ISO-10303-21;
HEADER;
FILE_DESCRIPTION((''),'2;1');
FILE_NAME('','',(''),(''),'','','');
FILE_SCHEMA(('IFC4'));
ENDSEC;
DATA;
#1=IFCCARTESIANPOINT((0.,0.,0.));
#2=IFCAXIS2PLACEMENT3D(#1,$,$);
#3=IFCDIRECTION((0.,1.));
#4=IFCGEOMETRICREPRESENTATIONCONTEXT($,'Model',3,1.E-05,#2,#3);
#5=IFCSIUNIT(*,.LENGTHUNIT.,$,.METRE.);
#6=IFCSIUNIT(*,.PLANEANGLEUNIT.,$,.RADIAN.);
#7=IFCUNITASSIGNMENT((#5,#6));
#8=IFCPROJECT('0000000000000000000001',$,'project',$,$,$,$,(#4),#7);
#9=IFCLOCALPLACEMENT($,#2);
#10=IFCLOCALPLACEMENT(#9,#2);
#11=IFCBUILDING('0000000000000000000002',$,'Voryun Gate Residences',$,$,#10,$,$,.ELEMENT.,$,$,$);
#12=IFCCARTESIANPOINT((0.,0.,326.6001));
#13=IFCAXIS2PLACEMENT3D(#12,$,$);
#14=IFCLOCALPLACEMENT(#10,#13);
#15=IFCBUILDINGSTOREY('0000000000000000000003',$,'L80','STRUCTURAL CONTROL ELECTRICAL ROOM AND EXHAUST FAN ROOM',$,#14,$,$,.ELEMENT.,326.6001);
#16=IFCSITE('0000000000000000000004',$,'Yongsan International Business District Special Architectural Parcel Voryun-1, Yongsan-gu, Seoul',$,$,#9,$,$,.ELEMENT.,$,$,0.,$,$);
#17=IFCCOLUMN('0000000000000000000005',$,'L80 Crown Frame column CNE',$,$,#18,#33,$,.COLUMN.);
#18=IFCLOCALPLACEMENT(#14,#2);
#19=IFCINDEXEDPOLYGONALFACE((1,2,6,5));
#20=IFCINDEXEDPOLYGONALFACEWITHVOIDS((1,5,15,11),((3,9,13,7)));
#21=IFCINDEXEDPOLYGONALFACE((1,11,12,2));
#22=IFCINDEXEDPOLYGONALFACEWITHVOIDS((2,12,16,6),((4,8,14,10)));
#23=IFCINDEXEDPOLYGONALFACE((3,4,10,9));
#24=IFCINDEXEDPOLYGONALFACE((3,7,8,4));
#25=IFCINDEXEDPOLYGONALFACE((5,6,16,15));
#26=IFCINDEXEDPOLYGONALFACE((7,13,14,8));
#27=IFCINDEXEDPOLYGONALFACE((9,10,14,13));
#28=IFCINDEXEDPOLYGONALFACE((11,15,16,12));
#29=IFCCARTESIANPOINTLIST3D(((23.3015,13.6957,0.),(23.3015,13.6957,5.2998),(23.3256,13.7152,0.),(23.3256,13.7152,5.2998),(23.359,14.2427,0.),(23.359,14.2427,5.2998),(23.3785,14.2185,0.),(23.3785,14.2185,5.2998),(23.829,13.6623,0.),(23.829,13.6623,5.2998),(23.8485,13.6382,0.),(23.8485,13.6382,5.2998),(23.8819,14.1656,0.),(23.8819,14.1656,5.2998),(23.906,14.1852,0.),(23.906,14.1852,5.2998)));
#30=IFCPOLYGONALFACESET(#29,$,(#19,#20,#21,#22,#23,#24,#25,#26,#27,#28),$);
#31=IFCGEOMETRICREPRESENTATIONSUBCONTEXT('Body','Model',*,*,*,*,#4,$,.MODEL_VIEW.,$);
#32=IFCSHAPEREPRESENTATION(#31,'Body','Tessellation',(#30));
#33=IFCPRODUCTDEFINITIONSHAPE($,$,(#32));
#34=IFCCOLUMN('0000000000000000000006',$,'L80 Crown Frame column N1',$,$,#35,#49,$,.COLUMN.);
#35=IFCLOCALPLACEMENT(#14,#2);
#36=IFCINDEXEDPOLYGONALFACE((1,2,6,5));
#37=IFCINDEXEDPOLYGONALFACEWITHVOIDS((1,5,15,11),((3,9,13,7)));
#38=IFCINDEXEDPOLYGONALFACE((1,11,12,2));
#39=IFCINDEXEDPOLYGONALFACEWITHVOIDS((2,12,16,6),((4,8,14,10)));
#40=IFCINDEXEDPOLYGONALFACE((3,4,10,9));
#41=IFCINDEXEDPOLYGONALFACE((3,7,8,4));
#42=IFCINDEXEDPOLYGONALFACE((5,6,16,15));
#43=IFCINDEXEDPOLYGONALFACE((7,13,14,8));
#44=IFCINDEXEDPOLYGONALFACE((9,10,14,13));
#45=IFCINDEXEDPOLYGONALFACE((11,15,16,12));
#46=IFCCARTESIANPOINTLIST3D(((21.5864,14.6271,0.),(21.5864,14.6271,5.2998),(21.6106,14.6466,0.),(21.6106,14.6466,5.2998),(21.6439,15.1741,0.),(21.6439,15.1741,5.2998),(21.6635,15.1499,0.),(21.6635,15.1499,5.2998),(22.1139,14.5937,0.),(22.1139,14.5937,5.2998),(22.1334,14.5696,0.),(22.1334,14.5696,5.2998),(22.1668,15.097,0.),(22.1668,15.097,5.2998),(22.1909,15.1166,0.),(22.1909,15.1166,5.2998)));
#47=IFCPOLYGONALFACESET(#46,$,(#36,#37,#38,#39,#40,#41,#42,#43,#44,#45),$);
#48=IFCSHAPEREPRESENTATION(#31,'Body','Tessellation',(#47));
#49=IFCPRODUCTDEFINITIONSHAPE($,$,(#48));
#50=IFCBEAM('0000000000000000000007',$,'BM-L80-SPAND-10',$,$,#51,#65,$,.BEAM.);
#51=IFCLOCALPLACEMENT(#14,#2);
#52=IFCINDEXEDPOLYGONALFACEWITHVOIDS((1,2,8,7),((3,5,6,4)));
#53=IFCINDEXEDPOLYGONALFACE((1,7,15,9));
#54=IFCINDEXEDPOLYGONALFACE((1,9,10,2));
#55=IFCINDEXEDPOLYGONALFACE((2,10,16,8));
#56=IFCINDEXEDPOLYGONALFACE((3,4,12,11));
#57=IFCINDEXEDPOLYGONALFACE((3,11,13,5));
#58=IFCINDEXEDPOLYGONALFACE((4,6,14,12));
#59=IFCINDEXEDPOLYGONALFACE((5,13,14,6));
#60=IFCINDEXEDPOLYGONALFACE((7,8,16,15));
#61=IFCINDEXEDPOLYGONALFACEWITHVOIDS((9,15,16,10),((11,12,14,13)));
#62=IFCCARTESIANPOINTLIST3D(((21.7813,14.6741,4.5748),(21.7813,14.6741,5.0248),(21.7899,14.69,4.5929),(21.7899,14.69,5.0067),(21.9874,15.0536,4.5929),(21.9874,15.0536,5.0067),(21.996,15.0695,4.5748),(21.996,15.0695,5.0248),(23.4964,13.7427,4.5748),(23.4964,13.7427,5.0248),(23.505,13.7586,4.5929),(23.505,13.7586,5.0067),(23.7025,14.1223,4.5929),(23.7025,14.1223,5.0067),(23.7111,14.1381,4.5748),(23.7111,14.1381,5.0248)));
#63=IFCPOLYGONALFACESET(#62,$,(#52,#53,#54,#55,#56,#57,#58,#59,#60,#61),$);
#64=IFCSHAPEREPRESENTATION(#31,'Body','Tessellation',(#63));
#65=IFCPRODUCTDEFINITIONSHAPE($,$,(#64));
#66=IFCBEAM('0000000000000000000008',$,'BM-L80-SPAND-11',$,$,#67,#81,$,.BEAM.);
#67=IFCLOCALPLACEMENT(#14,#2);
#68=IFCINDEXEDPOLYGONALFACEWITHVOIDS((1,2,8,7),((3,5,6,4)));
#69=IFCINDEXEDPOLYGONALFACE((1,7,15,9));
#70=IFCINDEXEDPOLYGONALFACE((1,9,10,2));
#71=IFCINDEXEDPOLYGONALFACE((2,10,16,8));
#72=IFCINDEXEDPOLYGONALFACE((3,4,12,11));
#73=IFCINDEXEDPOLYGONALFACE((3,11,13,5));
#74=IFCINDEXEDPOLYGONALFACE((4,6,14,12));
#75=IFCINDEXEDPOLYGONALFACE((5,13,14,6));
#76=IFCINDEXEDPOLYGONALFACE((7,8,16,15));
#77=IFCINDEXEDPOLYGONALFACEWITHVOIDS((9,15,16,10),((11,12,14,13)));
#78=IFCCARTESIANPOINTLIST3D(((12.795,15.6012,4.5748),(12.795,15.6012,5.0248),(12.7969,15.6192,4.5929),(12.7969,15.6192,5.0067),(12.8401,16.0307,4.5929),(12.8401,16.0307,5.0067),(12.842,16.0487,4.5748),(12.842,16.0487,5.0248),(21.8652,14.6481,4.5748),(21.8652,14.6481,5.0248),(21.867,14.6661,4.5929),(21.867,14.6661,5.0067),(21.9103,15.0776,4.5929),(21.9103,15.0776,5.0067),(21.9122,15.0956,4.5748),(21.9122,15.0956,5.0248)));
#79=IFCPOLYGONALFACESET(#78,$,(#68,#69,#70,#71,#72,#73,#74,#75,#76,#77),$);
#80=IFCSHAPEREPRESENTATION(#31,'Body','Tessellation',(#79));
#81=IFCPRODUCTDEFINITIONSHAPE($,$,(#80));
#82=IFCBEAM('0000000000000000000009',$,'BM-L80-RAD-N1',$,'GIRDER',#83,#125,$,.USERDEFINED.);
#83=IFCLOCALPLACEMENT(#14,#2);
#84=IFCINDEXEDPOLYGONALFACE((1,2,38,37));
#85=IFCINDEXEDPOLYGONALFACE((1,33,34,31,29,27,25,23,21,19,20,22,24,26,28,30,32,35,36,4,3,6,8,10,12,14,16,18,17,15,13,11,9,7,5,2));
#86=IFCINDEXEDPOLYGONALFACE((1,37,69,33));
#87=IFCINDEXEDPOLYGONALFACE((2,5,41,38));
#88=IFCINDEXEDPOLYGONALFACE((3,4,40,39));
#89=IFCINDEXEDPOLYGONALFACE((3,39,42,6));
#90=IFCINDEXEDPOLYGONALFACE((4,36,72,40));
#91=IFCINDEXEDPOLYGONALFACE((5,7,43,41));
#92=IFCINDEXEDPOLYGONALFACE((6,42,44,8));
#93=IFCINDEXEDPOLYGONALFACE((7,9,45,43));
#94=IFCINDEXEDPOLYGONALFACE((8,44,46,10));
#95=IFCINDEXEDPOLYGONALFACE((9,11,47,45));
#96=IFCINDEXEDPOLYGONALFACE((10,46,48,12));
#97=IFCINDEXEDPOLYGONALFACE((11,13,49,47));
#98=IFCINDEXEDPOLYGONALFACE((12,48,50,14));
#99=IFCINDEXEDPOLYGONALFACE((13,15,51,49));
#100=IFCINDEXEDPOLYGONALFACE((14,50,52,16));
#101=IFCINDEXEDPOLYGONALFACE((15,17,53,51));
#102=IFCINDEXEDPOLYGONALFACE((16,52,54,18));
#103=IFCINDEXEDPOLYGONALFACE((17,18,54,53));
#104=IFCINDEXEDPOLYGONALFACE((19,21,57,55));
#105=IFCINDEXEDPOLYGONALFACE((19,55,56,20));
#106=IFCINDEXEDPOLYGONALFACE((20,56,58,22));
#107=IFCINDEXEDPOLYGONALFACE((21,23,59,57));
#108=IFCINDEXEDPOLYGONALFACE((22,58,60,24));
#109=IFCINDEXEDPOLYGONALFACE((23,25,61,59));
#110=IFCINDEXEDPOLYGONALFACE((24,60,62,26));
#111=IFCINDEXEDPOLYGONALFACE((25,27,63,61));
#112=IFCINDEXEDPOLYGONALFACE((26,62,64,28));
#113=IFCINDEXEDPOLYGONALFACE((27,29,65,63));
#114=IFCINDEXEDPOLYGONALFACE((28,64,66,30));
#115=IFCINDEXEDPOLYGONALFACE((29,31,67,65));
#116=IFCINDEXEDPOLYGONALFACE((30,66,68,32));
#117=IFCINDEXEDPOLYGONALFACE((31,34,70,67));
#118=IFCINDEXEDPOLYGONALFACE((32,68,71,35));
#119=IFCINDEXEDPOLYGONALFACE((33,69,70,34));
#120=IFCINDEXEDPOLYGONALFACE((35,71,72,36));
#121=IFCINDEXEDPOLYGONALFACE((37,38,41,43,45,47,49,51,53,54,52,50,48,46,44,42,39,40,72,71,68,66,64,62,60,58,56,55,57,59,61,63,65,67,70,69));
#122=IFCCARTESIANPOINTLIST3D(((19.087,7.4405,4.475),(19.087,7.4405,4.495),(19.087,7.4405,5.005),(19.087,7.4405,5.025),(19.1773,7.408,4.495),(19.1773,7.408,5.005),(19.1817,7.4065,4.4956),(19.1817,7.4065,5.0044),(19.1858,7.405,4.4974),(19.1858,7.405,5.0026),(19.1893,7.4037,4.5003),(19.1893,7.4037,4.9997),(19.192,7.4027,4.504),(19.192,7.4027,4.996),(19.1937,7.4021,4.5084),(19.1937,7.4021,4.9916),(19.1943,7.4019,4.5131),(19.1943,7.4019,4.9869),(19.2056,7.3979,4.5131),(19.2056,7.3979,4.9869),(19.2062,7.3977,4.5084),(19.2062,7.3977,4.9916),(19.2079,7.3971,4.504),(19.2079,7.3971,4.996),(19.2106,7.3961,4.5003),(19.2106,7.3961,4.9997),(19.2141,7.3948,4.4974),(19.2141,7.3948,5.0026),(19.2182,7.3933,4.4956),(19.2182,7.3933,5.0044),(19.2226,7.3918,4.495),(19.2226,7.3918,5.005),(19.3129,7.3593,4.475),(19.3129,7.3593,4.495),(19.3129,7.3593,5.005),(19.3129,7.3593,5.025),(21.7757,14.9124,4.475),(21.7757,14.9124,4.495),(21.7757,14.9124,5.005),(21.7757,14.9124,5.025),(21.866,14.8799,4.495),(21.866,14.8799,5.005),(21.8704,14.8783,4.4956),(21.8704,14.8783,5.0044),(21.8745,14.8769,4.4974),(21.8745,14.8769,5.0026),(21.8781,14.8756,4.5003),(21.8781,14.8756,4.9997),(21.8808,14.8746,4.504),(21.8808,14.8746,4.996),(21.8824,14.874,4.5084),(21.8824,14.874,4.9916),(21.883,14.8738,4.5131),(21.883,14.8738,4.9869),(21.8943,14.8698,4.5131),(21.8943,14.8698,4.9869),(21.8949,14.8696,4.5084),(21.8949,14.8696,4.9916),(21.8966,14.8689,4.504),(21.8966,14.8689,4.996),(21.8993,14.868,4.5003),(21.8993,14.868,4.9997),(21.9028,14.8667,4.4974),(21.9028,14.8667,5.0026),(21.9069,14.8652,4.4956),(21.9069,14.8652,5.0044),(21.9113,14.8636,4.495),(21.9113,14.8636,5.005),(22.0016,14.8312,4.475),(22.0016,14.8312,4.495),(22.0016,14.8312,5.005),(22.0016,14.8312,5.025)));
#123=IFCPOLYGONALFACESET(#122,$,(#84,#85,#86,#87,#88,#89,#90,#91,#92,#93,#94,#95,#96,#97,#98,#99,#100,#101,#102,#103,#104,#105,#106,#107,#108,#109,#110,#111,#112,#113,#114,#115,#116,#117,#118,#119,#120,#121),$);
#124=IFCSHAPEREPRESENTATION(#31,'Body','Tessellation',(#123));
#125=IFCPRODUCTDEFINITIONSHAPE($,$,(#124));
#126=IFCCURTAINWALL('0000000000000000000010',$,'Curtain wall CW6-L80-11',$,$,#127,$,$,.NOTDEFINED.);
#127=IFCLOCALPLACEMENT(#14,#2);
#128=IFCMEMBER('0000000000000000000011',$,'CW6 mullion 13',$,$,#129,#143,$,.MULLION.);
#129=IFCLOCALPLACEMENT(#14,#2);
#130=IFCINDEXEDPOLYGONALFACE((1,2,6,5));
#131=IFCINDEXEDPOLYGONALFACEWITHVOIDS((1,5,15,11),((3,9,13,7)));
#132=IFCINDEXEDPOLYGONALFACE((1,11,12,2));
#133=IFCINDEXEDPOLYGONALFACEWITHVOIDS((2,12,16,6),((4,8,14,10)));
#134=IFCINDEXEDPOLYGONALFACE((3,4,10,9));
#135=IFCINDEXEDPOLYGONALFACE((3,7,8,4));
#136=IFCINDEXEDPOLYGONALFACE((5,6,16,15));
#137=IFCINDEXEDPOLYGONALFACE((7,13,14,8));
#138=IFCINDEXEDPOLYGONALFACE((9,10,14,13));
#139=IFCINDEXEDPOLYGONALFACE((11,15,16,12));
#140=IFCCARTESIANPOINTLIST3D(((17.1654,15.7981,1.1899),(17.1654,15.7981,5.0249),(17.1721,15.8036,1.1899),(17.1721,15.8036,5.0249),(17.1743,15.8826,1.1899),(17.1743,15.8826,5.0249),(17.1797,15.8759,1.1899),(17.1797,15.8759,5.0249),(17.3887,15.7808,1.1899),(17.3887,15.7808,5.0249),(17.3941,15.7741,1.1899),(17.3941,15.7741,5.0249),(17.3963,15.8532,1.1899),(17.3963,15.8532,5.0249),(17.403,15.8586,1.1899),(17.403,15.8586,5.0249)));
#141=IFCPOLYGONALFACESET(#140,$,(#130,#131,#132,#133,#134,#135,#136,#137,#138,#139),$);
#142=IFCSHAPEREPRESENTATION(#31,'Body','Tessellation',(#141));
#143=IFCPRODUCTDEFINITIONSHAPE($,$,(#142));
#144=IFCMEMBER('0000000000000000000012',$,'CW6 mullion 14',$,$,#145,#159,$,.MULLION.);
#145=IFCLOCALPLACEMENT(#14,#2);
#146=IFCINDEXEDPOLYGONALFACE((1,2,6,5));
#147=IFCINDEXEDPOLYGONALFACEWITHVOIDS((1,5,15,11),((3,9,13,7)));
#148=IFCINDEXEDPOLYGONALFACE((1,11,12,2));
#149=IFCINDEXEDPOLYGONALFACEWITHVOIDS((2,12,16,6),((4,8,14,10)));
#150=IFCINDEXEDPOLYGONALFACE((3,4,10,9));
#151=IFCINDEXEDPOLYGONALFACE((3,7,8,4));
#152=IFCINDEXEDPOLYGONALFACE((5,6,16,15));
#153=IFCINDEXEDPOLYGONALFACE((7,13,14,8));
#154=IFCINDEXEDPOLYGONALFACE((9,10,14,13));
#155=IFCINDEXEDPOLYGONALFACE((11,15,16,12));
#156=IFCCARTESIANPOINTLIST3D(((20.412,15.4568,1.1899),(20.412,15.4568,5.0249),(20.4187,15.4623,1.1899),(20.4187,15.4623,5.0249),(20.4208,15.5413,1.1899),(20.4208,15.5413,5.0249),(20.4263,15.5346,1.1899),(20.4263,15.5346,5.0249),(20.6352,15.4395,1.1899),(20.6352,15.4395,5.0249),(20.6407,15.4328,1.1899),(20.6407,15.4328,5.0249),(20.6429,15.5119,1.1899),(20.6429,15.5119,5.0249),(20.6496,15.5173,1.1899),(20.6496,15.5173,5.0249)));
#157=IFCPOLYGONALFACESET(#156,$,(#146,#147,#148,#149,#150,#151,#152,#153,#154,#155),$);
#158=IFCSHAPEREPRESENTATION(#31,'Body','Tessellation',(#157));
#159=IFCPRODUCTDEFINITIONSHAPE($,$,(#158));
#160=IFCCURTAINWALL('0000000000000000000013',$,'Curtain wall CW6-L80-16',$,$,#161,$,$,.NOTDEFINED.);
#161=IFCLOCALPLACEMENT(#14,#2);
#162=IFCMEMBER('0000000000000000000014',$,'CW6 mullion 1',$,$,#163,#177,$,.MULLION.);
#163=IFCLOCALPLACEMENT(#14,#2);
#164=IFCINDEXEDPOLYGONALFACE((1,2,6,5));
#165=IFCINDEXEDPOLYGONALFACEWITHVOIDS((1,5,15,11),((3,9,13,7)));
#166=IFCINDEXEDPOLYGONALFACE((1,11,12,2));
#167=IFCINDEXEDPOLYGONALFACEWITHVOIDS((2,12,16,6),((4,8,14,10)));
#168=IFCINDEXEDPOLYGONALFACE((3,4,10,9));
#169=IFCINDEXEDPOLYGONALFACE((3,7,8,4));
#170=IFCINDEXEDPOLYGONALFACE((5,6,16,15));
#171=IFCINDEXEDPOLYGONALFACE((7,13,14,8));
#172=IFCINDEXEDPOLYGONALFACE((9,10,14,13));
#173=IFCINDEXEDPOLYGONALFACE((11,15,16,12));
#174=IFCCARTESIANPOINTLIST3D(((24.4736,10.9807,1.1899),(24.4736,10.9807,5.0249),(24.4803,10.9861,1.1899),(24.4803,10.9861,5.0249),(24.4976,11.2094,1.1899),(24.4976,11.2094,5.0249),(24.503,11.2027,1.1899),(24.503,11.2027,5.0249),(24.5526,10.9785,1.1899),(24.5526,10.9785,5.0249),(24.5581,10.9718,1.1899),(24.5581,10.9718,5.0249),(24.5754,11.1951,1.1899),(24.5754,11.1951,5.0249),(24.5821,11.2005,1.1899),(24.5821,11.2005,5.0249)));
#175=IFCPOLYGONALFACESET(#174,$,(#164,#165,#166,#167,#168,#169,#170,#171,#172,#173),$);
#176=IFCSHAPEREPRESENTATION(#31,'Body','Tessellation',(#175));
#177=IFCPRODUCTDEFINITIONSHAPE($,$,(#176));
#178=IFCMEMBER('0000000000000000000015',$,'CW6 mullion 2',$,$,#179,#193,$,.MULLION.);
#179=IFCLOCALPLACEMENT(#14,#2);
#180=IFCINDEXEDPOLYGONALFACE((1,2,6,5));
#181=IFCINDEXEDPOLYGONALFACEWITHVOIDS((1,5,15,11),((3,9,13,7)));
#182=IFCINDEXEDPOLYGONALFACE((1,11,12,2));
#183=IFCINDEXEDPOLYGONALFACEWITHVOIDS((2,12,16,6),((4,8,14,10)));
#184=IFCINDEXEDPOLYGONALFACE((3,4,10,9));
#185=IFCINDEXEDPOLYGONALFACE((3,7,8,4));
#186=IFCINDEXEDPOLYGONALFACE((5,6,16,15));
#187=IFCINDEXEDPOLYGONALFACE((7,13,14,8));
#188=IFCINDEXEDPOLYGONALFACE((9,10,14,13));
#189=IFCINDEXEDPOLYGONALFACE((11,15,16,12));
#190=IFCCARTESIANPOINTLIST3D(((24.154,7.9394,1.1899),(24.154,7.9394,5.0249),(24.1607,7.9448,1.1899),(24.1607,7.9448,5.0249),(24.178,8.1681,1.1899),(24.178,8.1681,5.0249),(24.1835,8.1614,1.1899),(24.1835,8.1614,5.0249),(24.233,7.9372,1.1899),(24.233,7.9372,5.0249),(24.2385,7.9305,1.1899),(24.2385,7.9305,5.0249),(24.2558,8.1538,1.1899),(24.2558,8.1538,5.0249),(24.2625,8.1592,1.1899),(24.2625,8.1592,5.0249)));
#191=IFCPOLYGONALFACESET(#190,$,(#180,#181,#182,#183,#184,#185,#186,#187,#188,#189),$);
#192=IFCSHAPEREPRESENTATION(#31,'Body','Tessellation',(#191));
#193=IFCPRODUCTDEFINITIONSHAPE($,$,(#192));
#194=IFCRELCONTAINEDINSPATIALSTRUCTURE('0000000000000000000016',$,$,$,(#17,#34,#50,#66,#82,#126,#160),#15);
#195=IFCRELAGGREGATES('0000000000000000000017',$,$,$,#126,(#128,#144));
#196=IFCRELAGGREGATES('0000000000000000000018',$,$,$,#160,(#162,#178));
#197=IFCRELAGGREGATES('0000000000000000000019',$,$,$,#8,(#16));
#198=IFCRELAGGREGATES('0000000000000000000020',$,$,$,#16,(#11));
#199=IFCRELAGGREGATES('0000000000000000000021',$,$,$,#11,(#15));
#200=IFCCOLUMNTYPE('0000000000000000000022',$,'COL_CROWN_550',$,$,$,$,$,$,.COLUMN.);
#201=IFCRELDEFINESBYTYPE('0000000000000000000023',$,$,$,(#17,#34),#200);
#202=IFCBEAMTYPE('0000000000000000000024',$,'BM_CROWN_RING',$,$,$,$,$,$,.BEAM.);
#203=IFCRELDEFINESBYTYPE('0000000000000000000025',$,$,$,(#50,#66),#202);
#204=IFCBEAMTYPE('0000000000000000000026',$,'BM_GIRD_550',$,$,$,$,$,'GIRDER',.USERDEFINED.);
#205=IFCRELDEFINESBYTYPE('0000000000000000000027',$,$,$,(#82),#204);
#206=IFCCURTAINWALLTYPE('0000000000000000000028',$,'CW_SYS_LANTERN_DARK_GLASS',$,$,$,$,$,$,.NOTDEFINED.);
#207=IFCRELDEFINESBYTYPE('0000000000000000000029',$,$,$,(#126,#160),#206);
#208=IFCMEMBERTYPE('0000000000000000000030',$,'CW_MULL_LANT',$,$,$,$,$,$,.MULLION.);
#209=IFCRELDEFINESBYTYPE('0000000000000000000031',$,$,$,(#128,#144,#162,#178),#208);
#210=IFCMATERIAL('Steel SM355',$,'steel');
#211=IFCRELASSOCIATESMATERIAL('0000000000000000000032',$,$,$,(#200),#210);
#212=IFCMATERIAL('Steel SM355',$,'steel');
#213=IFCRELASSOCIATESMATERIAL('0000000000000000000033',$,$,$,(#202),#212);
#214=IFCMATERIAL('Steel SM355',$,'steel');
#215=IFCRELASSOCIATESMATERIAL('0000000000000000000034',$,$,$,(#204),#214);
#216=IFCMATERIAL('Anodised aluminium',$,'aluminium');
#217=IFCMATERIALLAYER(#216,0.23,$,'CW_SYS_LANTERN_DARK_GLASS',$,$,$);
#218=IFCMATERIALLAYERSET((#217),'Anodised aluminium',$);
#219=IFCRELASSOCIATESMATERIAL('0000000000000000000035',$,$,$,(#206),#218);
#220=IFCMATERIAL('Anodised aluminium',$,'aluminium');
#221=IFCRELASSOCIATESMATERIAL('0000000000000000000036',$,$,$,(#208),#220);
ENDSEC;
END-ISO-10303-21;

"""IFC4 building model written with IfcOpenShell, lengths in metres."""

from ifc_helpers import new_model, si_unit, direction, frame, origin, origin_2d, place, context, subcontext, project, spatial, hollow_rectangle, i_section, extrude, material, layer, layer_set, material_profile, profile_set, type_object, element, aggregate, save


model = new_model("IFC4")

# Units and contexts
model_context = context("Model", 3, precision=1e-05, world=origin(), true_north=direction((0.0, 1.0)))
body_context = subcontext(model_context, "Body", "Model", "MODEL_VIEW")
ifc_project = project(units=[si_unit("LENGTHUNIT", "METRE"), si_unit("PLANEANGLEUNIT", "RADIAN")], contexts=[model_context])

# Site, building, storey
site_placement = place(None, origin())
site = spatial("IfcSite", under=ifc_project, at=site_placement, Name="Yongsan International Business District Special Architectural Parcel Voryun-1, Yongsan-gu, Seoul", CompositionType="ELEMENT", RefElevation=0.0)
building_placement = place(site_placement, origin())
building = spatial("IfcBuilding", under=site, at=building_placement, Name="Voryun Gate Residences", CompositionType="ELEMENT")
storey_placement = place(building_placement, frame((0.0, 0.0, 326.6001)))
storey = spatial("IfcBuildingStorey", under=building, at=storey_placement, Name="L80", Description="STRUCTURAL CONTROL ELECTRICAL ROOM AND EXHAUST FAN ROOM", CompositionType="ELEMENT", Elevation=326.6001)

# Columns
ifc_material_1 = material(Name="Steel SM355", Category="steel")
ifc_material_profile_1 = material_profile(ifc_material_1, hollow_rectangle(XDim=0.55, YDim=0.55, WallThickness=0.022, at=origin_2d()), Name="BOX-550x550x22")
ifc_profile_set_1 = profile_set([ifc_material_profile_1], Name="Steel SM355")
column_type = type_object("IfcColumnType", Name="COL_CROWN_550", PredefinedType="COLUMN", material=ifc_profile_set_1)
for number, where, z_axis, x_axis, name in (
    (1, (23.6038, 13.9404, 0.0), (0.0, 0.0, 1.0), (0.994522, -0.104528, 0.0), "L80 Crown Frame column CNE"),
    (2, (21.8887, 14.8718, 0.0), (0.0, 0.0, 1.0), (0.994522, -0.104528, 0.0), "L80 Crown Frame column N1"),
):
    element("IfcColumn", number, at=place(storey_placement, frame(where, z_axis=z_axis, x_axis=x_axis)), inside=storey, type_object=column_type, Name=name, PredefinedType="COLUMN", context=body_context, shape_type="SweptSolid", body=[
        extrude(hollow_rectangle(XDim=0.55, YDim=0.55, WallThickness=0.022, at=origin_2d()), origin(), (0.0, 0.0, 1.0), 5.2998),
    ])

# Beams
ifc_material_2 = material(Name="Steel SM355", Category="steel")
ifc_material_profile_2 = material_profile(ifc_material_2, hollow_rectangle(XDim=0.45, YDim=0.45, WallThickness=0.0181, at=origin_2d()), Name="BOX-450x450x18")
ifc_profile_set_2 = profile_set([ifc_material_profile_2], Name="Steel SM355")
beam_type_1 = type_object("IfcBeamType", Name="BM_CROWN_RING", PredefinedType="BEAM", material=ifc_profile_set_2)
beam_1_placement = place(storey_placement, frame((23.6038, 13.9404, 4.7998), z_axis=(-0.878778, 0.47723, 0.0), x_axis=(-0.47723, -0.878778, 0.0)))
element("IfcBeam", 3, at=beam_1_placement, inside=storey, type_object=beam_type_1, Name="BM-L80-SPAND-10", PredefinedType="BEAM", context=body_context, shape_type="SweptSolid", body=[
    extrude(hollow_rectangle(XDim=0.45, YDim=0.45, WallThickness=0.0181, at=origin_2d()), origin(), (0.0, 0.0, 1.0), 1.9517),
])
beam_2_placement = place(storey_placement, frame((21.8887, 14.8718, 4.7998), z_axis=(-0.994524, 0.104509, 0.0), x_axis=(-0.104509, -0.994524, 0.0)))
element("IfcBeam", 4, at=beam_2_placement, inside=storey, type_object=beam_type_1, Name="BM-L80-SPAND-11", PredefinedType="BEAM", context=body_context, shape_type="SweptSolid", body=[
    extrude(hollow_rectangle(XDim=0.45, YDim=0.45, WallThickness=0.0181, at=origin_2d()), origin(), (0.0, 0.0, 1.0), 9.1201),
])
ifc_material_3 = material(Name="Steel SM355", Category="steel")
ifc_material_profile_3 = material_profile(ifc_material_3, i_section(OverallWidth=0.24, OverallDepth=0.55, WebThickness=0.012, FlangeThickness=0.02, FilletRadius=0.0181, at=origin_2d()), Name="H-550x240x12x20")
ifc_profile_set_3 = profile_set([ifc_material_profile_3], Name="Steel SM355")
beam_type_2 = type_object("IfcBeamType", Name="BM_GIRD_550", ElementType="GIRDER", PredefinedType="USERDEFINED", material=ifc_profile_set_3)
beam_3_placement = place(storey_placement, frame((19.2, 7.3999, 4.75), z_axis=(0.338589, 0.940934, 0.0), x_axis=(-0.940934, 0.338589, 0.0)))
element("IfcBeam", 5, at=beam_3_placement, inside=storey, type_object=beam_type_2, Name="BM-L80-RAD-N1", ObjectType="GIRDER", PredefinedType="USERDEFINED", context=body_context, shape_type="SweptSolid", body=[
    extrude(i_section(OverallWidth=0.24, OverallDepth=0.55, WebThickness=0.012, FlangeThickness=0.02, FilletRadius=0.0181, at=origin_2d()), origin(), (0.0, 0.0, 1.0), 7.9409),
])

# Curtain walls, members
ifc_material_4 = material(Name="Anodised aluminium", Category="aluminium")
ifc_layer_1 = layer(ifc_material_4, 0.23, Name="CW_SYS_LANTERN_DARK_GLASS")
ifc_layer_set_1 = layer_set([ifc_layer_1], Name="Anodised aluminium")
curtain_wall_type = type_object("IfcCurtainWallType", Name="CW_SYS_LANTERN_DARK_GLASS", PredefinedType="NOTDEFINED", material=ifc_layer_set_1)
curtain_wall_1_placement = place(storey_placement, origin())
curtain_wall_1 = element("IfcCurtainWall", 6, at=curtain_wall_1_placement, inside=storey, type_object=curtain_wall_type, Name="Curtain wall CW6-L80-11", PredefinedType="NOTDEFINED")
ifc_material_5 = material(Name="Anodised aluminium", Category="aluminium")
ifc_material_profile_4 = material_profile(ifc_material_5, hollow_rectangle(XDim=0.085, YDim=0.23, WallThickness=0.0061, at=origin_2d()), Name="ALU-MULL-230x85x6")
ifc_profile_set_4 = profile_set([ifc_material_profile_4], Name="Anodised aluminium")
member_type_1 = type_object("IfcMemberType", Name="CW_MULL_LANT", PredefinedType="MULLION", material=ifc_profile_set_4)
member_1_placement = place(storey_placement, frame((17.2842, 15.8284, 1.1899), z_axis=(0.0, 0.0, 1.0), x_axis=(0.104528, 0.994522, 0.0)))
member_1 = element("IfcMember", 7, at=member_1_placement, type_object=member_type_1, Name="CW6 mullion 13", PredefinedType="MULLION", context=body_context, shape_type="SweptSolid", body=[
    extrude(hollow_rectangle(XDim=0.085, YDim=0.23, WallThickness=0.0061, at=origin_2d()), origin(), (0.0, 0.0, 1.0), 3.835),
])
member_2_placement = place(storey_placement, frame((20.5308, 15.4871, 1.1899), z_axis=(0.0, 0.0, 1.0), x_axis=(0.104528, 0.994522, 0.0)))
member_2 = element("IfcMember", 8, at=member_2_placement, type_object=member_type_1, Name="CW6 mullion 14", PredefinedType="MULLION", context=body_context, shape_type="SweptSolid", body=[
    extrude(hollow_rectangle(XDim=0.085, YDim=0.23, WallThickness=0.0061, at=origin_2d()), origin(), (0.0, 0.0, 1.0), 3.835),
])
curtain_wall_2_placement = place(storey_placement, origin())
curtain_wall_2 = element("IfcCurtainWall", 9, at=curtain_wall_2_placement, inside=storey, type_object=curtain_wall_type, Name="Curtain wall CW6-L80-16", PredefinedType="NOTDEFINED")
member_3_placement = place(storey_placement, frame((24.5278, 11.0906, 1.1899), z_axis=(0.0, 0.0, 1.0), x_axis=(0.994522, -0.104528, 0.0)))
member_3 = element("IfcMember", 10, at=member_3_placement, type_object=member_type_1, Name="CW6 mullion 1", PredefinedType="MULLION", context=body_context, shape_type="SweptSolid", body=[
    extrude(hollow_rectangle(XDim=0.085, YDim=0.23, WallThickness=0.0061, at=origin_2d()), origin(), (0.0, 0.0, 1.0), 3.835),
])
member_4_placement = place(storey_placement, frame((24.2083, 8.0493, 1.1899), z_axis=(0.0, 0.0, 1.0), x_axis=(0.994522, -0.104528, 0.0)))
member_4 = element("IfcMember", 11, at=member_4_placement, type_object=member_type_1, Name="CW6 mullion 2", PredefinedType="MULLION", context=body_context, shape_type="SweptSolid", body=[
    extrude(hollow_rectangle(XDim=0.085, YDim=0.23, WallThickness=0.0061, at=origin_2d()), origin(), (0.0, 0.0, 1.0), 3.835),
])

aggregate(curtain_wall_1, [member_1, member_2])
aggregate(curtain_wall_2, [member_3, member_4])

save(model, "model.ifc")
